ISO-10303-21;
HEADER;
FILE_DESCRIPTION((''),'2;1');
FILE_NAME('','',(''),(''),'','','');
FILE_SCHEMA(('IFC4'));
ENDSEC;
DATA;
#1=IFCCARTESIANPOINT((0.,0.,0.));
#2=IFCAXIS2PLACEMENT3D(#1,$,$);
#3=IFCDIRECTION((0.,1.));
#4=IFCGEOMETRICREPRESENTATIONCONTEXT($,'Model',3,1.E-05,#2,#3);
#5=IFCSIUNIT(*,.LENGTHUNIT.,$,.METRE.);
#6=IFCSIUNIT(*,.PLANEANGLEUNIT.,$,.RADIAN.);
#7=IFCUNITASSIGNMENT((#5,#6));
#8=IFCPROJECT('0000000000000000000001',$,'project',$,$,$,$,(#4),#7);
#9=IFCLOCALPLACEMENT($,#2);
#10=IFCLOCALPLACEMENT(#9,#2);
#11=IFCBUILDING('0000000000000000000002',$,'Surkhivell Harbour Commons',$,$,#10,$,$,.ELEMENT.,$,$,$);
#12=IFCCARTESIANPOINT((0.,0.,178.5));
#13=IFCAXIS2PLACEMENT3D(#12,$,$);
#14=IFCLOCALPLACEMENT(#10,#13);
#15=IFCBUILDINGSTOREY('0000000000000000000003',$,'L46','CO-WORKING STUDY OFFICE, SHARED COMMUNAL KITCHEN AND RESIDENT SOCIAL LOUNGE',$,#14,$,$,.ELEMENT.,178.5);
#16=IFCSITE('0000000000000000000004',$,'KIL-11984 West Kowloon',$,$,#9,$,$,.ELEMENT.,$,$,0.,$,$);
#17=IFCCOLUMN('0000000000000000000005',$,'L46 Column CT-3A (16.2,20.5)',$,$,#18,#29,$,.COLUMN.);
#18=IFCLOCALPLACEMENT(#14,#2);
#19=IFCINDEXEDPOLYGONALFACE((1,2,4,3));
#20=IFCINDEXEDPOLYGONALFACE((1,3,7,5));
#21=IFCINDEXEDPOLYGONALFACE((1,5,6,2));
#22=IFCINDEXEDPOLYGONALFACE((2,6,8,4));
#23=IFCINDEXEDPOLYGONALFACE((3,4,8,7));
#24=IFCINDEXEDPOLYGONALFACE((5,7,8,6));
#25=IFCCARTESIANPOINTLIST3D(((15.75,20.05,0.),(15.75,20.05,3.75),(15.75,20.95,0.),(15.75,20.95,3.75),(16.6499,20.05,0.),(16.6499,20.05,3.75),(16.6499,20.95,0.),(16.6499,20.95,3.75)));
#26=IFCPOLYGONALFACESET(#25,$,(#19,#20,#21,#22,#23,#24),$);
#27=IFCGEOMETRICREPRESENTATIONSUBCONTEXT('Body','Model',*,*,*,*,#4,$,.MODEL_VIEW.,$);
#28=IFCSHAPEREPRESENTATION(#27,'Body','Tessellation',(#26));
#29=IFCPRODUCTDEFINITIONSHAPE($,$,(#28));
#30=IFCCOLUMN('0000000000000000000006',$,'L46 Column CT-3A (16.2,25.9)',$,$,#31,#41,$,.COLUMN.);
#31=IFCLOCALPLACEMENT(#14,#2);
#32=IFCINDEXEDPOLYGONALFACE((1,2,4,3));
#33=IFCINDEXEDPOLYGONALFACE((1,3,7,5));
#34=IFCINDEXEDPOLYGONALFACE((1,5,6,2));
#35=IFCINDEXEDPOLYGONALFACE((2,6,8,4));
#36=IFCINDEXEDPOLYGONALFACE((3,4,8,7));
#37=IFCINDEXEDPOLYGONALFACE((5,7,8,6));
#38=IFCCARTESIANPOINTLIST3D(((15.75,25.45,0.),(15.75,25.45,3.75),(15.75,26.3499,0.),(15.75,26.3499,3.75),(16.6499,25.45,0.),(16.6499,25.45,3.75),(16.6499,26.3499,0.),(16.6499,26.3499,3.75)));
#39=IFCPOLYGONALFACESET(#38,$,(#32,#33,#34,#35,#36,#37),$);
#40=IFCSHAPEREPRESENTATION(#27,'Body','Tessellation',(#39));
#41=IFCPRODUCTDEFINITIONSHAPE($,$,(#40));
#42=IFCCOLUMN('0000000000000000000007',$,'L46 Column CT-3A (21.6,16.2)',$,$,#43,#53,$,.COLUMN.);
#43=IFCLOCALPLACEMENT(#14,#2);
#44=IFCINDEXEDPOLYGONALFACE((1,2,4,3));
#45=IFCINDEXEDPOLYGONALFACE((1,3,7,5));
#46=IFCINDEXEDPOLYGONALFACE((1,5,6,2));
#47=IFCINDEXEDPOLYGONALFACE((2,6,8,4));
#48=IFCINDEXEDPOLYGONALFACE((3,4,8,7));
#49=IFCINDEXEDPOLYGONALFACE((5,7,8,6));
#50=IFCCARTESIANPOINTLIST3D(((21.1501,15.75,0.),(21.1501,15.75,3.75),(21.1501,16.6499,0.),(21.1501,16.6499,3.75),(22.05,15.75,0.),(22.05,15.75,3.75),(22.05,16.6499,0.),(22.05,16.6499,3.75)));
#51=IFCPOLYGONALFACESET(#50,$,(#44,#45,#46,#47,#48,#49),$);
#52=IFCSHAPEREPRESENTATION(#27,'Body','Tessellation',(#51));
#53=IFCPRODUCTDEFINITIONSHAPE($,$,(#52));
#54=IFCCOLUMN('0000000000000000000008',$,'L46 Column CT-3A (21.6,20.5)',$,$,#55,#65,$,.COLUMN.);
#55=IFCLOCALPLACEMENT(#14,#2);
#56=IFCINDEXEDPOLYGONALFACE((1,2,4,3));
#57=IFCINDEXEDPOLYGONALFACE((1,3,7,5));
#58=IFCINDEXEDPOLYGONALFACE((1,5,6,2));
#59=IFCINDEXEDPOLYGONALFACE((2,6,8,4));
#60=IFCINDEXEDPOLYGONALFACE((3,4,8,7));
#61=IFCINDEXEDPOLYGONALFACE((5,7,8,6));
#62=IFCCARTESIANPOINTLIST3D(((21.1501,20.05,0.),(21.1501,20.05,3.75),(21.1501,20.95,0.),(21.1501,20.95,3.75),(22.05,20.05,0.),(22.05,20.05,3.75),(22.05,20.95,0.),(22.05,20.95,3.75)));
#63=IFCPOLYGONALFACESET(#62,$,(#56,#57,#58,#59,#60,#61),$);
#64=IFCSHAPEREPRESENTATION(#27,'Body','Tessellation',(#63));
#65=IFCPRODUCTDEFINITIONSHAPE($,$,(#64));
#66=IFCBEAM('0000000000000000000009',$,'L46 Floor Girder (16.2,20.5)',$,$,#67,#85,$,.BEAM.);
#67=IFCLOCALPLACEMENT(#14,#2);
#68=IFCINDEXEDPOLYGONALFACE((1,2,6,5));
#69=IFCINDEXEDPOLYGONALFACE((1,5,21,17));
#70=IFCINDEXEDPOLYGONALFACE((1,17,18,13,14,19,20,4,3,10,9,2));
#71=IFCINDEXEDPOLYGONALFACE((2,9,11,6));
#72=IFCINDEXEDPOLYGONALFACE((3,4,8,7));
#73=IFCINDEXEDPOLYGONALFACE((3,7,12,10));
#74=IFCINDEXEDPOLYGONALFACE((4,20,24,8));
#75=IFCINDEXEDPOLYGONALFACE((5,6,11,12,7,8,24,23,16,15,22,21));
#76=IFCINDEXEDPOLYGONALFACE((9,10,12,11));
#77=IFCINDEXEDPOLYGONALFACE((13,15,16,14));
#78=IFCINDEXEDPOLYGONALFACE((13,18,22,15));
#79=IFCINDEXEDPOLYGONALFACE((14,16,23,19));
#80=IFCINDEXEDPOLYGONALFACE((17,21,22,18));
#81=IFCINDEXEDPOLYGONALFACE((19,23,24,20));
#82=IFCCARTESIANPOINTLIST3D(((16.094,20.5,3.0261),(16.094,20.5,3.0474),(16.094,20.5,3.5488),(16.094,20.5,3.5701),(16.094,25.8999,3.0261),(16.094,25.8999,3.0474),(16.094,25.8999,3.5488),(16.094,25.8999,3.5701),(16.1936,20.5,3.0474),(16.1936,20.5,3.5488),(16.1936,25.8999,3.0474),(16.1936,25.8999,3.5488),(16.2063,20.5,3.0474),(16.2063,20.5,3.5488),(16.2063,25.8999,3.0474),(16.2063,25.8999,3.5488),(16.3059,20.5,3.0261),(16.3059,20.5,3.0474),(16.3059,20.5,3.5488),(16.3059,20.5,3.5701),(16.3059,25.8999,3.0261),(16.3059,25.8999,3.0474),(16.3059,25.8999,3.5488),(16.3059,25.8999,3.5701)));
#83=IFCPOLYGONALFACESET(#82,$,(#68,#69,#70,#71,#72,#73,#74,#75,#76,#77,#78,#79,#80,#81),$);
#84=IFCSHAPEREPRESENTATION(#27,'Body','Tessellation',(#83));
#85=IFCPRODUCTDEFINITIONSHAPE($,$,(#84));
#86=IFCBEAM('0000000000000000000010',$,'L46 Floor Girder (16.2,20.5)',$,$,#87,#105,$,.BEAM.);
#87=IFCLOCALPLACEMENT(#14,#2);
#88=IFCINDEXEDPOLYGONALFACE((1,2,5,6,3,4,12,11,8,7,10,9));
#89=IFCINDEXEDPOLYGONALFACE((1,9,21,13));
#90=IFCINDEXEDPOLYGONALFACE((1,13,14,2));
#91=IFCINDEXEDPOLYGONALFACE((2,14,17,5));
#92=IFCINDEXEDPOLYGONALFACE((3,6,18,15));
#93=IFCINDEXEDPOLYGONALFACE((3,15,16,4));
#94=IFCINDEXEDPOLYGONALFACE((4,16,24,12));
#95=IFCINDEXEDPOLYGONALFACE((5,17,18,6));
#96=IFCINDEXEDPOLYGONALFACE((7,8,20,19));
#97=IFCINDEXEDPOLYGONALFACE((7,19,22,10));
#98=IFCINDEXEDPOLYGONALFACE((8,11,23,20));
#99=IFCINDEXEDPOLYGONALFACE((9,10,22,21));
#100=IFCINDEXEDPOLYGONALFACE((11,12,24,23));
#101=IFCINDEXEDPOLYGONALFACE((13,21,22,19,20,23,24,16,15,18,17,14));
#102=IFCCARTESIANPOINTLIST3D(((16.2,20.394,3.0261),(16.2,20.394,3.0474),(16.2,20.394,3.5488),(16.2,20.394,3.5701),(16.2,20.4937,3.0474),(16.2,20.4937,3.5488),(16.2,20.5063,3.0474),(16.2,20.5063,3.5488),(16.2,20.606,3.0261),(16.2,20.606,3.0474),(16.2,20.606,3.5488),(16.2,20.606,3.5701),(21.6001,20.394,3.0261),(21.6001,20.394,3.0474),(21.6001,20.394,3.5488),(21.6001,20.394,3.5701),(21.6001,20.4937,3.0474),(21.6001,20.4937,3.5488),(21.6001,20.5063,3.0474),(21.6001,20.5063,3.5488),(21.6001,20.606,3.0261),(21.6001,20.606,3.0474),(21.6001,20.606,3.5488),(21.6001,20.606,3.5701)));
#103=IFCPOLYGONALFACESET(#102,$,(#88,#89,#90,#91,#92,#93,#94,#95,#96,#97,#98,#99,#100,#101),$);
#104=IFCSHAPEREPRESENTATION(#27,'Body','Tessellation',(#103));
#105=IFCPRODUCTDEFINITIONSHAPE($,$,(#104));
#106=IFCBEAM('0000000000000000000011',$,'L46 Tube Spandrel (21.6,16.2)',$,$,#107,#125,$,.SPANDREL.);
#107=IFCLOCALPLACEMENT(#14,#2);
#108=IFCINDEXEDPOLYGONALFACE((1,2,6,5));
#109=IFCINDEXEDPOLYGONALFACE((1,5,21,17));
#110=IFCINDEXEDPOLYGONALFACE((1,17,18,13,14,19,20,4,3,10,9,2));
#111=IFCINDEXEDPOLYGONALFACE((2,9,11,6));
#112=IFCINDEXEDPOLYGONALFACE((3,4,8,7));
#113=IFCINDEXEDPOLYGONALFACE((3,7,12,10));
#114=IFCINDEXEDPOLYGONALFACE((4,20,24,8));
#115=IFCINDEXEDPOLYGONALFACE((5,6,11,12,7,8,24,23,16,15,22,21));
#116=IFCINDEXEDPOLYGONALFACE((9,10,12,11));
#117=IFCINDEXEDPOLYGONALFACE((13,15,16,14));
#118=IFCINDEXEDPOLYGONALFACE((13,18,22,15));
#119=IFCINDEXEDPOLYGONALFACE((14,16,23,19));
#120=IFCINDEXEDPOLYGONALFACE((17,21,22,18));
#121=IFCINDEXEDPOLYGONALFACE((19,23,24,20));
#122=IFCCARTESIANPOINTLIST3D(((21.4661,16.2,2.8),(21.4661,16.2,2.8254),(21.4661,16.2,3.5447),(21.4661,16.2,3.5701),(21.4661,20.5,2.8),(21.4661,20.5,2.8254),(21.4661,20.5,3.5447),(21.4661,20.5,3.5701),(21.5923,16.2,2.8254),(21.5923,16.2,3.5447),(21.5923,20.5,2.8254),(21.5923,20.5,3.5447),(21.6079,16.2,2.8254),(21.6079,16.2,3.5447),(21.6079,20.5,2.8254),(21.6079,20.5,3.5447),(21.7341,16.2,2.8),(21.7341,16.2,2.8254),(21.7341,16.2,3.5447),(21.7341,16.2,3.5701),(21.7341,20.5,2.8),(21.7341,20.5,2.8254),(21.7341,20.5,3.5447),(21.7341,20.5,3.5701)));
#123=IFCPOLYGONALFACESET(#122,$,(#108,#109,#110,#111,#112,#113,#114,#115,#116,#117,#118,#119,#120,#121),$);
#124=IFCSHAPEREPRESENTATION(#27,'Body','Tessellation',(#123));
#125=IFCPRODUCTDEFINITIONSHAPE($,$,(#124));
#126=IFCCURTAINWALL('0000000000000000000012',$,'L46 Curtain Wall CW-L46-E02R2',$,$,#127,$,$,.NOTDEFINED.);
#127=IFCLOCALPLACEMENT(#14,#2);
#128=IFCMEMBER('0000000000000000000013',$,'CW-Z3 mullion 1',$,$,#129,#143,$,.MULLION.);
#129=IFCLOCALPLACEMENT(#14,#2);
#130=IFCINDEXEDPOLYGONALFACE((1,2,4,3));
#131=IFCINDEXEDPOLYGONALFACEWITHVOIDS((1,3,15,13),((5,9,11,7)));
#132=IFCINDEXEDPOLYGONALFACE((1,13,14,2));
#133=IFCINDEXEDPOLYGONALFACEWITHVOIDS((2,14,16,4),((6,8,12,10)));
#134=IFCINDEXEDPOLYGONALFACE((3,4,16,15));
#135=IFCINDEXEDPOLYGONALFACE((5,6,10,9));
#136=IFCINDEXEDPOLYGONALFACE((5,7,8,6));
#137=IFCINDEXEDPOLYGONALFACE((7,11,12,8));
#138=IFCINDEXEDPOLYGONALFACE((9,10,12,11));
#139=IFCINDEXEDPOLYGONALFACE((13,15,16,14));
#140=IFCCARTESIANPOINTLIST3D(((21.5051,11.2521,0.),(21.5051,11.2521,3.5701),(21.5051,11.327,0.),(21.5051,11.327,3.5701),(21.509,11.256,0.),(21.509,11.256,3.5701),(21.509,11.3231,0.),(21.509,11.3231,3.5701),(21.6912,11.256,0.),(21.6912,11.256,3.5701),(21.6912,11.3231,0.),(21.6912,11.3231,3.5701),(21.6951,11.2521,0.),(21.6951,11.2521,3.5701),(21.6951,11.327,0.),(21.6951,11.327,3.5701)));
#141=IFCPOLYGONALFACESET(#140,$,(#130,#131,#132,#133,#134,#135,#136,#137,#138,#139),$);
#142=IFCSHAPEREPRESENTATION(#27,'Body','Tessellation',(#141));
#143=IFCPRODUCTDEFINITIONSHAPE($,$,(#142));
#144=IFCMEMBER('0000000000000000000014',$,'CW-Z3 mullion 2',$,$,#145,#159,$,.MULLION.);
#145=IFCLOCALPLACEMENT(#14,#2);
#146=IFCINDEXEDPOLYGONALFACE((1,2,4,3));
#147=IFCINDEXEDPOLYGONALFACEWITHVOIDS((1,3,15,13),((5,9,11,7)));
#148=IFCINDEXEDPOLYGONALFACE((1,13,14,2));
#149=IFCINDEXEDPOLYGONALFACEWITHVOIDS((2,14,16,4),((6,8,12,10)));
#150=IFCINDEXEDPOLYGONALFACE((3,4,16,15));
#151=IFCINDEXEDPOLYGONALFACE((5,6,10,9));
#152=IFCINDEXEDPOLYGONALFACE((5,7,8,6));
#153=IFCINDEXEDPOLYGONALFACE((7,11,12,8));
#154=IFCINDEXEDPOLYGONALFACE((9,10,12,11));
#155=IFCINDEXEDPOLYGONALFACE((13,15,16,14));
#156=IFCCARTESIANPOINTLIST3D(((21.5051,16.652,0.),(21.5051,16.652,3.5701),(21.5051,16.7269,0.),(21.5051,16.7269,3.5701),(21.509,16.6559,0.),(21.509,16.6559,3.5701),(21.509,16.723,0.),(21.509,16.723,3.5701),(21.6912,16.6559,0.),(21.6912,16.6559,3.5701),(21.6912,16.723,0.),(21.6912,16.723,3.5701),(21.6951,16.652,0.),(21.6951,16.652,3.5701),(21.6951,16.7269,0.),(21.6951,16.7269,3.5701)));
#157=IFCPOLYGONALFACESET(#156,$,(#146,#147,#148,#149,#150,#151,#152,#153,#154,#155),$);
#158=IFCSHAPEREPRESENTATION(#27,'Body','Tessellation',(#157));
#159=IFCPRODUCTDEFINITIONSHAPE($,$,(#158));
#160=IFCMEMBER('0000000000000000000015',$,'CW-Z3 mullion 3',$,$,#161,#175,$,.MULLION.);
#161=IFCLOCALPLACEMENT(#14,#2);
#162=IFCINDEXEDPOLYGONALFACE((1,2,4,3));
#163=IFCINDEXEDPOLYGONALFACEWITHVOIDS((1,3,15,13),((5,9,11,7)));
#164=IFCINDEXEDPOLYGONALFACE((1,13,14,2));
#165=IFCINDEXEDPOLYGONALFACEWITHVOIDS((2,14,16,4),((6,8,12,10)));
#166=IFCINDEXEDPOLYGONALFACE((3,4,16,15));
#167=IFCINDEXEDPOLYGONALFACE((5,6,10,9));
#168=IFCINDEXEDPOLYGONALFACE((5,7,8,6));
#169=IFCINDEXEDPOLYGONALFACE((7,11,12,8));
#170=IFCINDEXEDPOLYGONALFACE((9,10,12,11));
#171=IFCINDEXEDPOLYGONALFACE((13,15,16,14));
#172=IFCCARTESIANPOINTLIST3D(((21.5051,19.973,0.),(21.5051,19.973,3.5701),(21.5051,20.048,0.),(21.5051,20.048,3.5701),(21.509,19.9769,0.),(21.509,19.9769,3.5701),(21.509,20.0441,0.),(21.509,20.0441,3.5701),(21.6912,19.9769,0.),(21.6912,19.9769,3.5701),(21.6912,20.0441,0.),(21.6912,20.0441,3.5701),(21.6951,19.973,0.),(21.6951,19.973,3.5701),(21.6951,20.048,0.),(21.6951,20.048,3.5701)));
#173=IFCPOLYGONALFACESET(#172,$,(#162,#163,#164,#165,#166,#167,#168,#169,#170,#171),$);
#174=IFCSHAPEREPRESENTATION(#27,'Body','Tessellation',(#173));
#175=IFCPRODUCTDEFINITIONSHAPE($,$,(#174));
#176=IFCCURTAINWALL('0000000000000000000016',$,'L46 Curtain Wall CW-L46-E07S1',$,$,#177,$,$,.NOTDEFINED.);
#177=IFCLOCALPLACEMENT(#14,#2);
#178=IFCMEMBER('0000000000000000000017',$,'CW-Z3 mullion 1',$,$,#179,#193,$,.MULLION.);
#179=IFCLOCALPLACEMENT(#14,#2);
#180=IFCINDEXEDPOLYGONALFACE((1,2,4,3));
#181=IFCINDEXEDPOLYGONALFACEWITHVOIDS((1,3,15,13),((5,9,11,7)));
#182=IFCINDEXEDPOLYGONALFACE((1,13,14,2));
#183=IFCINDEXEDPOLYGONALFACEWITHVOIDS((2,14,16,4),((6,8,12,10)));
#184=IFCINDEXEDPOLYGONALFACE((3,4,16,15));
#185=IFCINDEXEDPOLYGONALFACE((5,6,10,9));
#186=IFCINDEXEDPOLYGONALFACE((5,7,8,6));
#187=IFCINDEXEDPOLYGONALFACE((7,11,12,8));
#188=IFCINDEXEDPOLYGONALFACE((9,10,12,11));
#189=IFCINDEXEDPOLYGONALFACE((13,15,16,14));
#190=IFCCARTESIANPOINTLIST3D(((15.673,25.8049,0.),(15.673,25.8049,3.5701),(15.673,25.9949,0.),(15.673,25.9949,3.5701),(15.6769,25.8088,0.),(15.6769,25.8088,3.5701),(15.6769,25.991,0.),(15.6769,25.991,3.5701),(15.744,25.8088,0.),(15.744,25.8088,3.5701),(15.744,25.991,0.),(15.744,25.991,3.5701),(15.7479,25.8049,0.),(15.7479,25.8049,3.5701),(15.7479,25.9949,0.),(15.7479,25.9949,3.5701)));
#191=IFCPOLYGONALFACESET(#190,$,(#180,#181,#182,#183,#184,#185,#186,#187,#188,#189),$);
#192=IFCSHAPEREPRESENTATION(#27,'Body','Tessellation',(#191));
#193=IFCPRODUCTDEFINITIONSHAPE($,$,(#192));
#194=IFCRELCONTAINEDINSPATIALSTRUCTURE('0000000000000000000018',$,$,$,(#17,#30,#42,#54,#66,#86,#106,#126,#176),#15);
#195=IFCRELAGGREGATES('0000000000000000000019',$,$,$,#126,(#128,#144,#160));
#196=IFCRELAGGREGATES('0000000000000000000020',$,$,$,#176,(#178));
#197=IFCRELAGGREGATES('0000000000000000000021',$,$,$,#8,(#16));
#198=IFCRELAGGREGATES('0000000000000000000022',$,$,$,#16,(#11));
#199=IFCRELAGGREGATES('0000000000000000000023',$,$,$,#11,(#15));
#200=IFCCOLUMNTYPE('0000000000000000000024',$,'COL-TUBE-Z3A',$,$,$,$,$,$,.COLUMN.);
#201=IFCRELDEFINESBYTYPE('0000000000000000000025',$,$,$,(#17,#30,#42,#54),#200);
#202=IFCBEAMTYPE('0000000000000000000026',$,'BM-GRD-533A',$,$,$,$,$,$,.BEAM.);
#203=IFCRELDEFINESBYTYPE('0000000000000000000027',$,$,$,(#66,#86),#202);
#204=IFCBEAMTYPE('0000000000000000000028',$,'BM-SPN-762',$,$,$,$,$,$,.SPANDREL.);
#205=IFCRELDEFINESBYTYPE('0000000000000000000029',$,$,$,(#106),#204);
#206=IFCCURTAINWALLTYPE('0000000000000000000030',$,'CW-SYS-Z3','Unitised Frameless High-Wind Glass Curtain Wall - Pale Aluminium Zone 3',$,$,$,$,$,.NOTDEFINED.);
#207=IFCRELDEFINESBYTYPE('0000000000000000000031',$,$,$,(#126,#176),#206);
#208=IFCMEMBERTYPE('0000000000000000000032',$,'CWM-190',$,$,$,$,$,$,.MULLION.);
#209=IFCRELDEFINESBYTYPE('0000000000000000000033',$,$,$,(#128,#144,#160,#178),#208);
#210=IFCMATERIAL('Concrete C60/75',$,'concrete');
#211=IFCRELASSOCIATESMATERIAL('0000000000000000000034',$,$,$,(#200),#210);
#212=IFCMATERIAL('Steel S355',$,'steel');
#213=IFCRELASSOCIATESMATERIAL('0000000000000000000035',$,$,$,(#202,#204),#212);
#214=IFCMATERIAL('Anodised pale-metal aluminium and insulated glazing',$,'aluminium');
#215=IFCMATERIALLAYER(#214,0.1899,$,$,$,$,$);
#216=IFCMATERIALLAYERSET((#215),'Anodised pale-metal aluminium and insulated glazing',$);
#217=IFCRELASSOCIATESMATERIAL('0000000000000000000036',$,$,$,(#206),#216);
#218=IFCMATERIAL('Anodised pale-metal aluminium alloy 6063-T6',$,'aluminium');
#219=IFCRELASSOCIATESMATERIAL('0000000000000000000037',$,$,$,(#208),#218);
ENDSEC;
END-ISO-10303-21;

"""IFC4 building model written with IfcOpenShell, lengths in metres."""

from ifc_helpers import new_model, si_unit, direction, frame, origin, origin_2d, place, context, subcontext, project, spatial, rectangle, hollow_rectangle, i_section, extrude, material, layer, layer_set, material_profile, profile_set, type_object, element, aggregate, save


model = new_model("IFC4")

# Units and contexts
model_context = context("Model", 3, precision=1e-05, world=origin(), true_north=direction((0.0, 1.0)))
body_context = subcontext(model_context, "Body", "Model", "MODEL_VIEW")
ifc_project = project(units=[si_unit("LENGTHUNIT", "METRE"), si_unit("PLANEANGLEUNIT", "RADIAN")], contexts=[model_context])

# Site, building, storey
site_placement = place(None, origin())
site = spatial("IfcSite", under=ifc_project, at=site_placement, Name="KIL-11984 West Kowloon", CompositionType="ELEMENT", RefElevation=0.0)
building_placement = place(site_placement, origin())
building = spatial("IfcBuilding", under=site, at=building_placement, Name="Surkhivell Harbour Commons", CompositionType="ELEMENT")
storey_placement = place(building_placement, frame((0.0, 0.0, 178.5)))
storey = spatial("IfcBuildingStorey", under=building, at=storey_placement, Name="L46", Description="CO-WORKING STUDY OFFICE, SHARED COMMUNAL KITCHEN AND RESIDENT SOCIAL LOUNGE", CompositionType="ELEMENT", Elevation=178.5)

# Columns
ifc_material_1 = material(Name="Concrete C60/75", Category="concrete")
ifc_material_profile_1 = material_profile(ifc_material_1, rectangle(XDim=0.8999, YDim=0.8999, at=origin_2d()), Name="RC-COL-900x900")
ifc_profile_set_1 = profile_set([ifc_material_profile_1], Name="Concrete C60/75")
column_type = type_object("IfcColumnType", Name="COL-TUBE-Z3A", PredefinedType="COLUMN", material=ifc_profile_set_1)
for number, where, z_axis, x_axis, name in (
    (1, (16.2, 20.5, 0.0), (0.0, 0.0, 1.0), (1.0, 0.0, 0.0), "L46 Column CT-3A (16.2,20.5)"),
    (2, (16.2, 25.8999, 0.0), (0.0, 0.0, 1.0), (1.0, 0.0, 0.0), "L46 Column CT-3A (16.2,25.9)"),
    (3, (21.6001, 16.2, 0.0), (0.0, 0.0, 1.0), (1.0, 0.0, 0.0), "L46 Column CT-3A (21.6,16.2)"),
    (4, (21.6001, 20.5, 0.0), (0.0, 0.0, 1.0), (1.0, 0.0, 0.0), "L46 Column CT-3A (21.6,20.5)"),
):
    element("IfcColumn", number, at=place(storey_placement, frame(where, z_axis=z_axis, x_axis=x_axis)), inside=storey, type_object=column_type, Name=name, PredefinedType="COLUMN", context=body_context, shape_type="SweptSolid", body=[
        extrude(rectangle(XDim=0.8999, YDim=0.8999, at=origin_2d()), origin(), (0.0, 0.0, 1.0), 3.75),
    ])

# Beams
ifc_material_2 = material(Name="Steel S355", Category="steel")
ifc_material_profile_2 = material_profile(ifc_material_2, i_section(OverallWidth=0.2119, OverallDepth=0.5439, WebThickness=0.0127, FlangeThickness=0.0212, at=origin_2d()), Name="UB533x210x122")
ifc_profile_set_2 = profile_set([ifc_material_profile_2], Name="Steel S355")
beam_type_1 = type_object("IfcBeamType", Name="BM-GRD-533A", PredefinedType="BEAM", material=ifc_profile_set_2)
beam_1_placement = place(storey_placement, frame((16.2, 20.5, 3.2981), z_axis=(0.0, 1.0, 0.0), x_axis=(-1.0, 0.0, 0.0)))
element("IfcBeam", 5, at=beam_1_placement, inside=storey, type_object=beam_type_1, Name="L46 Floor Girder (16.2,20.5)", PredefinedType="BEAM", context=body_context, shape_type="SweptSolid", body=[
    extrude(i_section(OverallWidth=0.2119, OverallDepth=0.5439, WebThickness=0.0127, FlangeThickness=0.0212, at=origin_2d()), origin(), (0.0, 0.0, 1.0), 5.3999),
])
beam_2_placement = place(storey_placement, frame((16.2, 20.5, 3.2981), z_axis=(1.0, 0.0, 0.0), x_axis=(0.0, 1.0, 0.0)))
element("IfcBeam", 6, at=beam_2_placement, inside=storey, type_object=beam_type_1, Name="L46 Floor Girder (16.2,20.5)", PredefinedType="BEAM", context=body_context, shape_type="SweptSolid", body=[
    extrude(i_section(OverallWidth=0.2119, OverallDepth=0.5439, WebThickness=0.0127, FlangeThickness=0.0212, at=origin_2d()), origin(), (0.0, 0.0, 1.0), 5.4001),
])
ifc_material_profile_3 = material_profile(ifc_material_2, i_section(OverallWidth=0.2681, OverallDepth=0.77, WebThickness=0.0156, FlangeThickness=0.0254, at=origin_2d()), Name="UB762x267x197")
ifc_profile_set_3 = profile_set([ifc_material_profile_3], Name="Steel S355")
beam_type_2 = type_object("IfcBeamType", Name="BM-SPN-762", PredefinedType="SPANDREL", material=ifc_profile_set_3)
beam_3_placement = place(storey_placement, frame((21.6001, 16.2, 3.1851), z_axis=(0.0, 1.0, 0.0), x_axis=(-1.0, 0.0, 0.0)))
element("IfcBeam", 7, at=beam_3_placement, inside=storey, type_object=beam_type_2, Name="L46 Tube Spandrel (21.6,16.2)", PredefinedType="SPANDREL", context=body_context, shape_type="SweptSolid", body=[
    extrude(i_section(OverallWidth=0.2681, OverallDepth=0.77, WebThickness=0.0156, FlangeThickness=0.0254, at=origin_2d()), origin(), (0.0, 0.0, 1.0), 4.3),
])

# Curtain wall, members
ifc_material_3 = material(Name="Anodised pale-metal aluminium and insulated glazing", Category="aluminium")
ifc_layer_1 = layer(ifc_material_3, 0.1899)
ifc_layer_set_1 = layer_set([ifc_layer_1], Name="Anodised pale-metal aluminium and insulated glazing")
curtain_wall_type = type_object("IfcCurtainWallType", Name="CW-SYS-Z3", Description="Unitised Frameless High-Wind Glass Curtain Wall - Pale Aluminium Zone 3", PredefinedType="NOTDEFINED", material=ifc_layer_set_1)
curtain_wall_1_placement = place(storey_placement, origin())
curtain_wall_1 = element("IfcCurtainWall", 8, at=curtain_wall_1_placement, inside=storey, type_object=curtain_wall_type, Name="L46 Curtain Wall CW-L46-E02R2", PredefinedType="NOTDEFINED")
ifc_material_4 = material(Name="Anodised pale-metal aluminium alloy 6063-T6", Category="aluminium")
ifc_material_profile_4 = material_profile(ifc_material_4, hollow_rectangle(XDim=0.075, YDim=0.1899, WallThickness=0.0039, at=origin_2d()), Name="ALU-MULL-75x190")
ifc_profile_set_4 = profile_set([ifc_material_profile_4], Name="Anodised pale-metal aluminium alloy 6063-T6")
member_type_1 = type_object("IfcMemberType", Name="CWM-190", PredefinedType="MULLION", material=ifc_profile_set_4)
member_1_placement = place(storey_placement, frame((21.6001, 11.2896, 0.0), z_axis=(0.0, 0.0, 1.0), x_axis=(0.0, 1.0, 0.0)))
member_1 = element("IfcMember", 9, at=member_1_placement, type_object=member_type_1, Name="CW-Z3 mullion 1", PredefinedType="MULLION", context=body_context, shape_type="SweptSolid", body=[
    extrude(hollow_rectangle(XDim=0.075, YDim=0.1899, WallThickness=0.0039, at=origin_2d()), origin(), (0.0, 0.0, 1.0), 3.5701),
])
member_2_placement = place(storey_placement, frame((21.6001, 16.6895, 0.0), z_axis=(0.0, 0.0, 1.0), x_axis=(0.0, 1.0, 0.0)))
member_2 = element("IfcMember", 10, at=member_2_placement, type_object=member_type_1, Name="CW-Z3 mullion 2", PredefinedType="MULLION", context=body_context, shape_type="SweptSolid", body=[
    extrude(hollow_rectangle(XDim=0.075, YDim=0.1899, WallThickness=0.0039, at=origin_2d()), origin(), (0.0, 0.0, 1.0), 3.5701),
])
member_3_placement = place(storey_placement, frame((21.6001, 20.0105, 0.0), z_axis=(0.0, 0.0, 1.0), x_axis=(0.0, 1.0, 0.0)))
member_3 = element("IfcMember", 11, at=member_3_placement, type_object=member_type_1, Name="CW-Z3 mullion 3", PredefinedType="MULLION", context=body_context, shape_type="SweptSolid", body=[
    extrude(hollow_rectangle(XDim=0.075, YDim=0.1899, WallThickness=0.0039, at=origin_2d()), origin(), (0.0, 0.0, 1.0), 3.5701),
])

# Curtain wall, member
curtain_wall_2_placement = place(storey_placement, origin())
curtain_wall_2 = element("IfcCurtainWall", 12, at=curtain_wall_2_placement, inside=storey, type_object=curtain_wall_type, Name="L46 Curtain Wall CW-L46-E07S1", PredefinedType="NOTDEFINED")
member_4_placement = place(storey_placement, frame((15.7104, 25.8999, 0.0), z_axis=(0.0, 0.0, 1.0), x_axis=(-1.0, 0.0, 0.0)))
member_4 = element("IfcMember", 13, at=member_4_placement, type_object=member_type_1, Name="CW-Z3 mullion 1", PredefinedType="MULLION", context=body_context, shape_type="SweptSolid", body=[
    extrude(hollow_rectangle(XDim=0.075, YDim=0.1899, WallThickness=0.0039, at=origin_2d()), origin(), (0.0, 0.0, 1.0), 3.5701),
])

aggregate(curtain_wall_1, [member_1, member_2, member_3])
aggregate(curtain_wall_2, [member_4])

save(model, "model.ifc")
